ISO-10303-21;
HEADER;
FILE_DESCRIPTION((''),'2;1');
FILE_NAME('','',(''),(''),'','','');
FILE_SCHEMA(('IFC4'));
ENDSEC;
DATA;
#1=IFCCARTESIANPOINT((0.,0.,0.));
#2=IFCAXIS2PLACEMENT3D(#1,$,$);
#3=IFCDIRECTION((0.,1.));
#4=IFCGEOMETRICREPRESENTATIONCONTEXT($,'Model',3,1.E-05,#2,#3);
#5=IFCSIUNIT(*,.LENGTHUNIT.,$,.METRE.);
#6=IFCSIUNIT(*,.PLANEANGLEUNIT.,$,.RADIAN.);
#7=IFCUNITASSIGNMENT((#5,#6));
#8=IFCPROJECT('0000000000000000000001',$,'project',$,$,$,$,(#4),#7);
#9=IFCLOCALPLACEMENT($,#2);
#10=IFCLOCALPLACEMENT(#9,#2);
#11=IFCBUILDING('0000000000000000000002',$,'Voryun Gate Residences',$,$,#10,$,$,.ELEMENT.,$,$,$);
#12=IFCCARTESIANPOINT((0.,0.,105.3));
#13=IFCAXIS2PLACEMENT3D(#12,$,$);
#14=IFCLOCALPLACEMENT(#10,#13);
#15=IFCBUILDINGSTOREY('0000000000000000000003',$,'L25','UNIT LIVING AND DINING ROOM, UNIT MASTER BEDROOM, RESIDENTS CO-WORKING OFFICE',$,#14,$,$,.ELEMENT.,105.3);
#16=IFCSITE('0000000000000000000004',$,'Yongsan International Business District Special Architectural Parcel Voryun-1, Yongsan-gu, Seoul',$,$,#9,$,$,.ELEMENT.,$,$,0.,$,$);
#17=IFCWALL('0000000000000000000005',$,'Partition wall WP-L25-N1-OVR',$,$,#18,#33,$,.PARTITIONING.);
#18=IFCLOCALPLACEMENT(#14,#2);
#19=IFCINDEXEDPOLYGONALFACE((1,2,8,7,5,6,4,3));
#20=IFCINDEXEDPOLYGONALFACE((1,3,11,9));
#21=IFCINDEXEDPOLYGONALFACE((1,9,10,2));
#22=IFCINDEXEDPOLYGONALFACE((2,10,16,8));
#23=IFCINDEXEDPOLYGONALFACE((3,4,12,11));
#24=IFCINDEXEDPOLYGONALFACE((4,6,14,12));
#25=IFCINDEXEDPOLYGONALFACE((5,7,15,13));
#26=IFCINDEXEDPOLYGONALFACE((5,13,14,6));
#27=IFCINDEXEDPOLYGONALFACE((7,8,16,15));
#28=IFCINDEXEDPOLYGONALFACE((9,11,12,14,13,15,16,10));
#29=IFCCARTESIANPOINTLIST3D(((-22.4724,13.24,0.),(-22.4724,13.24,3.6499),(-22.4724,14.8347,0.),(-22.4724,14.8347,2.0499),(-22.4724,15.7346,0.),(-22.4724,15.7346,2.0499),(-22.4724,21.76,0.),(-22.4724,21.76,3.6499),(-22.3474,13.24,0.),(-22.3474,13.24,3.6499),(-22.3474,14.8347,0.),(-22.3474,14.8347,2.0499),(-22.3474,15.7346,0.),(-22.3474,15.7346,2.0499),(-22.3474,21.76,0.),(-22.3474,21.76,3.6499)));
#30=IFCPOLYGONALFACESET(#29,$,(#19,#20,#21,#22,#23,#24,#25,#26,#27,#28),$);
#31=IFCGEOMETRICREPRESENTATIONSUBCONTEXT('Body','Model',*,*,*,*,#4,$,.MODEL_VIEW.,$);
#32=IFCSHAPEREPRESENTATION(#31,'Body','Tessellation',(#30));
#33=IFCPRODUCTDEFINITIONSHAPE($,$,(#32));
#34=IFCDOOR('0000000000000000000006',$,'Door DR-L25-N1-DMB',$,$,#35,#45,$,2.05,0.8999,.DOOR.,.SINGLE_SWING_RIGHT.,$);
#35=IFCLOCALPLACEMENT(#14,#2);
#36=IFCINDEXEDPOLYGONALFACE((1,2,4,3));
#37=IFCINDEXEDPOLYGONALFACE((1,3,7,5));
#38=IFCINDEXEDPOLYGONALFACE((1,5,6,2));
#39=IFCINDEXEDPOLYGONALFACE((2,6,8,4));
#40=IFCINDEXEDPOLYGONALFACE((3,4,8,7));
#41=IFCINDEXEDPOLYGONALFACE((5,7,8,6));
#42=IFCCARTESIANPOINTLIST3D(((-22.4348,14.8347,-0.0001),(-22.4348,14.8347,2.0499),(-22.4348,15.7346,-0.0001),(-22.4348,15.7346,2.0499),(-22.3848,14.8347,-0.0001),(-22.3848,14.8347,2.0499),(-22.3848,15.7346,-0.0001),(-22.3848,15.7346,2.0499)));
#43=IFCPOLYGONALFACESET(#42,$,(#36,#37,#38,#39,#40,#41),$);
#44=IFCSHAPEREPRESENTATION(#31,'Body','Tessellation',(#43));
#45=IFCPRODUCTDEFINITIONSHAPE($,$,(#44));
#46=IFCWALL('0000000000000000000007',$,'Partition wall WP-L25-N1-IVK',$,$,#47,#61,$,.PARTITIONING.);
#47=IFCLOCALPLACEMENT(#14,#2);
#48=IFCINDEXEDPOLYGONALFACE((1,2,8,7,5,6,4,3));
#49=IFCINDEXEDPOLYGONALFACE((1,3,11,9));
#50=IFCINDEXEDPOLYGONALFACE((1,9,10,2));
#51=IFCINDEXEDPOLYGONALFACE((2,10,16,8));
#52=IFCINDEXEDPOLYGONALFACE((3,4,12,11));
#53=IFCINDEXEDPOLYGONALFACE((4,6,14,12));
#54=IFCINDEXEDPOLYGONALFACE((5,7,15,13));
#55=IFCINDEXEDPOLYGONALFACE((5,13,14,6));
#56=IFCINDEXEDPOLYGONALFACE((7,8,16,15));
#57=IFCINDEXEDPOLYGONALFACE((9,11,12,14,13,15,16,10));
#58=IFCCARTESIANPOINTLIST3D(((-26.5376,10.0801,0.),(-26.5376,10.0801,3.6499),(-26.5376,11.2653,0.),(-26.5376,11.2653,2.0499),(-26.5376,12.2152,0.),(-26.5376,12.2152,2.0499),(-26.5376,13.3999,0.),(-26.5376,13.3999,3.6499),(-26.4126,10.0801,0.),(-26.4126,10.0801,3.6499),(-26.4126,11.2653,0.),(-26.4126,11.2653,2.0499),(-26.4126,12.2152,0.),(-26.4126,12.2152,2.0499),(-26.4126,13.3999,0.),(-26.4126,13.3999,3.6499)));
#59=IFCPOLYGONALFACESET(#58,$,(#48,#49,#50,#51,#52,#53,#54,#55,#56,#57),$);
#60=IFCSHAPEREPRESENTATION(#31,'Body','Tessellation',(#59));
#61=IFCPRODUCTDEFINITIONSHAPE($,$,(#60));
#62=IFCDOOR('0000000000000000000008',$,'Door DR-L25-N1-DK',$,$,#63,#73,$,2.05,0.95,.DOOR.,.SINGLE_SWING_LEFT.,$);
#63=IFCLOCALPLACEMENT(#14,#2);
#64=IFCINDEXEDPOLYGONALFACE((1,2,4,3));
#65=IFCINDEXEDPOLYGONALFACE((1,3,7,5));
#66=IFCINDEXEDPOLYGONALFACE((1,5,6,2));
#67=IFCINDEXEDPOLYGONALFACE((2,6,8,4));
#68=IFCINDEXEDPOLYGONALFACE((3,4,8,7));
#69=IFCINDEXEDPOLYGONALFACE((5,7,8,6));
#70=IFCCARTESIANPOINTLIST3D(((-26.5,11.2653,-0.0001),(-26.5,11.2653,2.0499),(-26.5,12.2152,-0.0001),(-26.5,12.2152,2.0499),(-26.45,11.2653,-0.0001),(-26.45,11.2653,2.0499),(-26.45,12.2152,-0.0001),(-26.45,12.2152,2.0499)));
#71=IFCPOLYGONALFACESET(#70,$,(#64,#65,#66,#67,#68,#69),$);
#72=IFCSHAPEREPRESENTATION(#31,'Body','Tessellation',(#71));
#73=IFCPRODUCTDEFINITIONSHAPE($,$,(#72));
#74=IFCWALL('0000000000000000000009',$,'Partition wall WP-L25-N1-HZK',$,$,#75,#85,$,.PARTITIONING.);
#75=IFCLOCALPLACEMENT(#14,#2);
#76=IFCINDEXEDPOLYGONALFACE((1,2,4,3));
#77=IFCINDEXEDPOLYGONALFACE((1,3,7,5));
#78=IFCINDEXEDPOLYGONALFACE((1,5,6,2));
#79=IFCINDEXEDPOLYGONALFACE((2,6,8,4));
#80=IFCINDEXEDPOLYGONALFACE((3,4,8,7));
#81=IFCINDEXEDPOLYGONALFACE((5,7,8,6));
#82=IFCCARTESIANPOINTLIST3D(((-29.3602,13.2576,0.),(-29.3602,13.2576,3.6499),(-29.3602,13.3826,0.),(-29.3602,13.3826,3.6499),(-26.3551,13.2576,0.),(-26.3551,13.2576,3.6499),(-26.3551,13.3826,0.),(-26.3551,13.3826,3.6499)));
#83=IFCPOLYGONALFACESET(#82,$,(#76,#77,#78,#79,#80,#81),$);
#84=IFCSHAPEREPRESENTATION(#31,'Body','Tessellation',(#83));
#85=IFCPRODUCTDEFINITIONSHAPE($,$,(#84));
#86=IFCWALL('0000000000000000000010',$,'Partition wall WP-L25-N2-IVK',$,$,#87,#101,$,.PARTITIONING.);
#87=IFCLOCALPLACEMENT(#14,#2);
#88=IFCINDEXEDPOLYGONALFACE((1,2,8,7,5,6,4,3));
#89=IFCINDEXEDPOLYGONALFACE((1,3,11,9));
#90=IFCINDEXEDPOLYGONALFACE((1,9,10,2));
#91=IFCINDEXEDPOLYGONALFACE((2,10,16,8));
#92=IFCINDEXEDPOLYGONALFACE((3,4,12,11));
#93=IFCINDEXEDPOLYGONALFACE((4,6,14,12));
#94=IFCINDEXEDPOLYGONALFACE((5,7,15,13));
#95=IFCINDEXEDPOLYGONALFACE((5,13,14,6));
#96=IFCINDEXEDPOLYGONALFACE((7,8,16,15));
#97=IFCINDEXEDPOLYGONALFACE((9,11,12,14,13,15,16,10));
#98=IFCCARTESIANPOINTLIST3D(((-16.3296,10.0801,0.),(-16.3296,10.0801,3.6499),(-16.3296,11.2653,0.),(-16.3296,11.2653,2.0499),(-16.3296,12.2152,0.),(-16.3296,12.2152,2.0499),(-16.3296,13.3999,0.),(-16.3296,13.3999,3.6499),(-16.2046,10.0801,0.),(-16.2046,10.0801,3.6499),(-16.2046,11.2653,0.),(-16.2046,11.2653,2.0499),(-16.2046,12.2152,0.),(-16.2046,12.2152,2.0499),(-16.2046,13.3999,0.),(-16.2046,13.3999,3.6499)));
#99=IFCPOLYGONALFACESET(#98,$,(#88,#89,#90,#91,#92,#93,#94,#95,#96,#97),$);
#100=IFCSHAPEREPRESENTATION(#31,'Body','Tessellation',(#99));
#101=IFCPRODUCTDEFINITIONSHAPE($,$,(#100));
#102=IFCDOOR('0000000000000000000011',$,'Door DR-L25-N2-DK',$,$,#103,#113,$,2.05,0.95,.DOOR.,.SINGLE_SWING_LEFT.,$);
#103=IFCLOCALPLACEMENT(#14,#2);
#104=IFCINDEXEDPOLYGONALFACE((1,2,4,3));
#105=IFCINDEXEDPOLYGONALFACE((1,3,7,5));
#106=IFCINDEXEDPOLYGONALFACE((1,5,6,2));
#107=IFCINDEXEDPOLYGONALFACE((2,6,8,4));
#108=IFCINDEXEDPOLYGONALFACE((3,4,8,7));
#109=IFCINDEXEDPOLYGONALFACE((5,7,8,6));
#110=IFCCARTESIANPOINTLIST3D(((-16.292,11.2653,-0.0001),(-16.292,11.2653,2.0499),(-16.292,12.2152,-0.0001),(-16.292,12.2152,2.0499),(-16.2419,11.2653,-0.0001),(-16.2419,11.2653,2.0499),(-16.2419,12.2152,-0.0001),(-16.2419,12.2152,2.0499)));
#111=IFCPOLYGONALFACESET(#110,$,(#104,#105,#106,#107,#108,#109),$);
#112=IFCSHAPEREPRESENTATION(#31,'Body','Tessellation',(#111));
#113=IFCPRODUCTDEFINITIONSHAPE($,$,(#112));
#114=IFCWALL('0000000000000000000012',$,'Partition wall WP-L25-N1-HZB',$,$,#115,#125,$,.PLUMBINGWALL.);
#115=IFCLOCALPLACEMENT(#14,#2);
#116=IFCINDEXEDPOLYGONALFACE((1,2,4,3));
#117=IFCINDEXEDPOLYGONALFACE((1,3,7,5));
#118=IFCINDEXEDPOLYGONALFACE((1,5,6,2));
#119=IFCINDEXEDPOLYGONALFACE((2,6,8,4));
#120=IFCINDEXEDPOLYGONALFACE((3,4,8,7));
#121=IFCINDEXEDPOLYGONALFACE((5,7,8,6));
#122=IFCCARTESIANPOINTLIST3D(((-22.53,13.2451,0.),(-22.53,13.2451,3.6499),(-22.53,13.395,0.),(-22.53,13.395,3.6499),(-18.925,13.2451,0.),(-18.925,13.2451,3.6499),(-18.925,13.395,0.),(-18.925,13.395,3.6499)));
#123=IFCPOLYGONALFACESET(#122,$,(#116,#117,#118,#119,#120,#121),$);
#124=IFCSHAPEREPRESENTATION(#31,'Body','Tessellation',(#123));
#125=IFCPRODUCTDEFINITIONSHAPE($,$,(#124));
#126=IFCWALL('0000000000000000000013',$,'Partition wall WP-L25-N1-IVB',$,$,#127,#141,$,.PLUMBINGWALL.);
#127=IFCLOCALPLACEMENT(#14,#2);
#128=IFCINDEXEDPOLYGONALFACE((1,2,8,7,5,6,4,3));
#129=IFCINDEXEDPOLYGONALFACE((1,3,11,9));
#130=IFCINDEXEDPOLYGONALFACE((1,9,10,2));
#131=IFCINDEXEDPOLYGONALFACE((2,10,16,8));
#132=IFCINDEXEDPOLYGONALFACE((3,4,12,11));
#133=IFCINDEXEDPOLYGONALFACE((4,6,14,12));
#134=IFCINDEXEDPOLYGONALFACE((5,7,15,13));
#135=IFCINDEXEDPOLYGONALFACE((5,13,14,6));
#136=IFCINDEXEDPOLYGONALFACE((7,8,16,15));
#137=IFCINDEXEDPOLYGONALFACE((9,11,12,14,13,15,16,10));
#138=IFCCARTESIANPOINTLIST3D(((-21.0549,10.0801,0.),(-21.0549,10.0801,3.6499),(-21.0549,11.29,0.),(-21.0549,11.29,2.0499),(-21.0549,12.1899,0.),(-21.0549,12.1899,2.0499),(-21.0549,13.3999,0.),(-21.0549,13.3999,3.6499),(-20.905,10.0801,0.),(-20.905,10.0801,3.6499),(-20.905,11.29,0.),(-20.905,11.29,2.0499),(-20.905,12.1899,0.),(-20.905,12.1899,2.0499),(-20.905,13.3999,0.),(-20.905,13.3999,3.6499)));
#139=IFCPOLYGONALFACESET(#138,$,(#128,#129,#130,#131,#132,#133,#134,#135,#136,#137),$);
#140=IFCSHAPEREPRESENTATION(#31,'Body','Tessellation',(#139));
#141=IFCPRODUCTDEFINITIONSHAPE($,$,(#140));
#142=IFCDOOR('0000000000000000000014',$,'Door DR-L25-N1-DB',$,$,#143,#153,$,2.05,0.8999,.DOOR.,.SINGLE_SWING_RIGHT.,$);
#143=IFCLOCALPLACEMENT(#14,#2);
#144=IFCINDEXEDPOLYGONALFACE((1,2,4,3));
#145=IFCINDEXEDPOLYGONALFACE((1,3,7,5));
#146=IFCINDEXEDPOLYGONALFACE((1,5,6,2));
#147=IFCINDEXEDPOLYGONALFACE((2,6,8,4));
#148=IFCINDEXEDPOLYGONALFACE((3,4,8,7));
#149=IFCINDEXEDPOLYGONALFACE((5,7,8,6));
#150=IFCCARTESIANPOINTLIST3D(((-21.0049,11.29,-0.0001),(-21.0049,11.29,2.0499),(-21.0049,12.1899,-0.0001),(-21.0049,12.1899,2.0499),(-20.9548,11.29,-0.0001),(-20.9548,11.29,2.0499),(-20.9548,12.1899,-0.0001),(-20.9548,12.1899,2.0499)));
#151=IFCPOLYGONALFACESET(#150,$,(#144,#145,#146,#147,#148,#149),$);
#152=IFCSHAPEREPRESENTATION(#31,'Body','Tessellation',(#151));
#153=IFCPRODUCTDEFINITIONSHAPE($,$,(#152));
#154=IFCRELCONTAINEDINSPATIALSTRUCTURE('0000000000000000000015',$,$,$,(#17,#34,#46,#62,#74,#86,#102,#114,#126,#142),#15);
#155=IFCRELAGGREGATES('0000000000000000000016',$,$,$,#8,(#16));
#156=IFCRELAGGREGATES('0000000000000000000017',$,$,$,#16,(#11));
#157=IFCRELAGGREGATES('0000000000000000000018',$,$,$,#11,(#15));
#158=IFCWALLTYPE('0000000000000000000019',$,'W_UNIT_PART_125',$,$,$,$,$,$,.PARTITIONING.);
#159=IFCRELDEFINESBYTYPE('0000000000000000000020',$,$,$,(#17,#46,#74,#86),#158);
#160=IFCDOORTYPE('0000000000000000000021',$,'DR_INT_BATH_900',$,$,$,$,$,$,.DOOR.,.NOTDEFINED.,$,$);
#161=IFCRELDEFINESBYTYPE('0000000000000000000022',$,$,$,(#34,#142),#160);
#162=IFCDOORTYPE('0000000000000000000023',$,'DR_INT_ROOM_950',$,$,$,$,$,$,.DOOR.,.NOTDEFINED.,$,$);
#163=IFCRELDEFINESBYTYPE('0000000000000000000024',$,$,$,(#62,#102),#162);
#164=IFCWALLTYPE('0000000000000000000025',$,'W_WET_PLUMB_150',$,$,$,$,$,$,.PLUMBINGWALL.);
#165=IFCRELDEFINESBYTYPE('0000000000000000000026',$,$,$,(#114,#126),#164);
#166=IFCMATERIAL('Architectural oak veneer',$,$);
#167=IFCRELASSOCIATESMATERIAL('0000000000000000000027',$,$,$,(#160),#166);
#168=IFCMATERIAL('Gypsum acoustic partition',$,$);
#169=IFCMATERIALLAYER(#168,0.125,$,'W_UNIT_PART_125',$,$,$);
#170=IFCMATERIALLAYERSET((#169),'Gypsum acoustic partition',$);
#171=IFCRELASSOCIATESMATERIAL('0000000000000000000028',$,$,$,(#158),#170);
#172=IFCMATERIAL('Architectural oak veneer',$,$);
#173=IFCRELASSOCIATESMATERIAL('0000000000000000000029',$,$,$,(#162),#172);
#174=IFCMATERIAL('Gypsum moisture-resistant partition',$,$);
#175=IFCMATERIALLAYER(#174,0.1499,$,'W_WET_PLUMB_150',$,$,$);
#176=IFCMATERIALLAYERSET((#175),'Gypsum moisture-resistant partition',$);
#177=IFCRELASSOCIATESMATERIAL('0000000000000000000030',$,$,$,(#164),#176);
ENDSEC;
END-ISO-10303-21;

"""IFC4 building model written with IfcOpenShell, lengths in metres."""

from ifc_helpers import new_model, si_unit, direction, frame, frame_2d, origin, place, context, subcontext, project, spatial, rectangle, extrude, material, layer, layer_set, type_object, element, fill, save


model = new_model("IFC4")

# Units and contexts
model_context = context("Model", 3, precision=1e-05, world=origin(), true_north=direction((0.0, 1.0)))
body_context = subcontext(model_context, "Body", "Model", "MODEL_VIEW")
ifc_project = project(units=[si_unit("LENGTHUNIT", "METRE"), si_unit("PLANEANGLEUNIT", "RADIAN")], contexts=[model_context])

# Site, building, storey
site_placement = place(None, origin())
site = spatial("IfcSite", under=ifc_project, at=site_placement, Name="Yongsan International Business District Special Architectural Parcel Voryun-1, Yongsan-gu, Seoul", CompositionType="ELEMENT", RefElevation=0.0)
building_placement = place(site_placement, origin())
building = spatial("IfcBuilding", under=site, at=building_placement, Name="Voryun Gate Residences", CompositionType="ELEMENT")
storey_placement = place(building_placement, frame((0.0, 0.0, 105.3)))
storey = spatial("IfcBuildingStorey", under=building, at=storey_placement, Name="L25", Description="UNIT LIVING AND DINING ROOM, UNIT MASTER BEDROOM, RESIDENTS CO-WORKING OFFICE", CompositionType="ELEMENT", Elevation=105.3)

# Shared definitions
ifc_material_1 = material(Name="Architectural oak veneer")
door_type_1 = type_object("IfcDoorType", Name="DR_INT_BATH_900", OperationType="NOTDEFINED", PredefinedType="DOOR", material=ifc_material_1)

# Walls, openings, doors
ifc_material_2 = material(Name="Gypsum acoustic partition")
ifc_layer_1 = layer(ifc_material_2, 0.125, Name="W_UNIT_PART_125")
ifc_layer_set_1 = layer_set([ifc_layer_1], Name="Gypsum acoustic partition")
wall_type_1 = type_object("IfcWallType", Name="W_UNIT_PART_125", PredefinedType="PARTITIONING", material=ifc_layer_set_1)
wall_1_placement = place(storey_placement, frame((-22.4099, 13.24, 0.0), z_axis=(0.0, 0.0, 1.0), x_axis=(0.0, 1.0, 0.0)))
wall_1 = element("IfcWall", 1, at=wall_1_placement, inside=storey, type_object=wall_type_1, Name="Partition wall WP-L25-N1-OVR", PredefinedType="PARTITIONING", context=body_context, shape_type="SweptSolid", body=[
    extrude(rectangle(XDim=8.52, YDim=0.125, at=frame_2d((4.26, 0.0))), origin(), (0.0, 0.0, 1.0), 3.6499),
])
opening_1_placement = place(wall_1_placement, frame((1.5947, 0.0, 0.0)))
opening_1 = element("IfcOpeningElement", 2, at=opening_1_placement, cuts=wall_1, PredefinedType="OPENING", context=body_context, shape_type="SweptSolid", body=[
    extrude(rectangle(XDim=0.8999, YDim=2.05, at=frame_2d((0.45, 1.0249))), frame((0.0, 0.0725, 0.0), z_axis=(0.0, -1.0, 0.0), x_axis=(1.0, 0.0, 0.0)), (0.0, 0.0, 1.0), 0.145),
])
door_1_placement = place(opening_1_placement, origin())
door_1 = element("IfcDoor", 3, at=door_1_placement, inside=storey, type_object=door_type_1, Name="Door DR-L25-N1-DMB", OperationType="SINGLE_SWING_RIGHT", OverallHeight=2.05, OverallWidth=0.8999, PredefinedType="DOOR", context=body_context, shape_type="SweptSolid", body=[
    extrude(rectangle(XDim=0.8999, YDim=2.05, at=frame_2d((0.45, 1.0249))), frame((0.0, 0.0249, 0.0), z_axis=(0.0, -1.0, 0.0), x_axis=(1.0, 0.0, 0.0)), (0.0, 0.0, 1.0), 0.05),
])
fill(opening_1, door_1)
wall_2_placement = place(storey_placement, frame((-26.4751, 10.0801, 0.0), z_axis=(0.0, 0.0, 1.0), x_axis=(0.0, 1.0, 0.0)))
wall_2 = element("IfcWall", 4, at=wall_2_placement, inside=storey, type_object=wall_type_1, Name="Partition wall WP-L25-N1-IVK", PredefinedType="PARTITIONING", context=body_context, shape_type="SweptSolid", body=[
    extrude(rectangle(XDim=3.3198, YDim=0.125, at=frame_2d((1.6599, 0.0))), origin(), (0.0, 0.0, 1.0), 3.6499),
])
opening_2_placement = place(wall_2_placement, frame((1.1851, 0.0, 0.0)))
opening_2 = element("IfcOpeningElement", 5, at=opening_2_placement, cuts=wall_2, PredefinedType="OPENING", context=body_context, shape_type="SweptSolid", body=[
    extrude(rectangle(XDim=0.95, YDim=2.05, at=frame_2d((0.4751, 1.0249))), frame((0.0, 0.0725, 0.0), z_axis=(0.0, -1.0, 0.0), x_axis=(1.0, 0.0, 0.0)), (0.0, 0.0, 1.0), 0.145),
])
ifc_material_3 = material(Name="Architectural oak veneer")
door_type_2 = type_object("IfcDoorType", Name="DR_INT_ROOM_950", OperationType="NOTDEFINED", PredefinedType="DOOR", material=ifc_material_3)
door_2_placement = place(opening_2_placement, origin())
door_2 = element("IfcDoor", 6, at=door_2_placement, inside=storey, type_object=door_type_2, Name="Door DR-L25-N1-DK", OperationType="SINGLE_SWING_LEFT", OverallHeight=2.05, OverallWidth=0.95, PredefinedType="DOOR", context=body_context, shape_type="SweptSolid", body=[
    extrude(rectangle(XDim=0.95, YDim=2.05, at=frame_2d((0.4751, 1.0249))), frame((0.0, 0.0249, 0.0), z_axis=(0.0, -1.0, 0.0), x_axis=(1.0, 0.0, 0.0)), (0.0, 0.0, 1.0), 0.05),
])
fill(opening_2, door_2)

# Wall
wall_3_placement = place(storey_placement, frame((-29.3601, 13.3201, 0.0), z_axis=(0.0, 0.0, 1.0), x_axis=(1.0, 0.0, 0.0)))
element("IfcWall", 7, at=wall_3_placement, inside=storey, type_object=wall_type_1, Name="Partition wall WP-L25-N1-HZK", PredefinedType="PARTITIONING", context=body_context, shape_type="SweptSolid", body=[
    extrude(rectangle(XDim=3.0051, YDim=0.125, at=frame_2d((1.5024, 0.0))), origin(), (0.0, 0.0, 1.0), 3.6499),
])

# Wall, opening, door
wall_4_placement = place(storey_placement, frame((-16.2671, 10.0801, 0.0), z_axis=(0.0, 0.0, 1.0), x_axis=(0.0, 1.0, 0.0)))
wall_4 = element("IfcWall", 8, at=wall_4_placement, inside=storey, type_object=wall_type_1, Name="Partition wall WP-L25-N2-IVK", PredefinedType="PARTITIONING", context=body_context, shape_type="SweptSolid", body=[
    extrude(rectangle(XDim=3.3198, YDim=0.125, at=frame_2d((1.6599, 0.0))), origin(), (0.0, 0.0, 1.0), 3.6499),
])
opening_3_placement = place(wall_4_placement, frame((1.1851, 0.0, 0.0)))
opening_3 = element("IfcOpeningElement", 9, at=opening_3_placement, cuts=wall_4, PredefinedType="OPENING", context=body_context, shape_type="SweptSolid", body=[
    extrude(rectangle(XDim=0.95, YDim=2.05, at=frame_2d((0.4751, 1.0249))), frame((0.0, 0.0725, 0.0), z_axis=(0.0, -1.0, 0.0), x_axis=(1.0, 0.0, 0.0)), (0.0, 0.0, 1.0), 0.145),
])
door_3_placement = place(opening_3_placement, origin())
door_3 = element("IfcDoor", 10, at=door_3_placement, inside=storey, type_object=door_type_2, Name="Door DR-L25-N2-DK", OperationType="SINGLE_SWING_LEFT", OverallHeight=2.05, OverallWidth=0.95, PredefinedType="DOOR", context=body_context, shape_type="SweptSolid", body=[
    extrude(rectangle(XDim=0.95, YDim=2.05, at=frame_2d((0.4751, 1.0249))), frame((0.0, 0.0249, 0.0), z_axis=(0.0, -1.0, 0.0), x_axis=(1.0, 0.0, 0.0)), (0.0, 0.0, 1.0), 0.05),
])
fill(opening_3, door_3)

# Wall
ifc_material_4 = material(Name="Gypsum moisture-resistant partition")
ifc_layer_2 = layer(ifc_material_4, 0.1499, Name="W_WET_PLUMB_150")
ifc_layer_set_2 = layer_set([ifc_layer_2], Name="Gypsum moisture-resistant partition")
wall_type_2 = type_object("IfcWallType", Name="W_WET_PLUMB_150", PredefinedType="PLUMBINGWALL", material=ifc_layer_set_2)
wall_5_placement = place(storey_placement, frame((-22.53, 13.3201, 0.0), z_axis=(0.0, 0.0, 1.0), x_axis=(1.0, 0.0, 0.0)))
element("IfcWall", 11, at=wall_5_placement, inside=storey, type_object=wall_type_2, Name="Partition wall WP-L25-N1-HZB", PredefinedType="PLUMBINGWALL", context=body_context, shape_type="SweptSolid", body=[
    extrude(rectangle(XDim=3.605, YDim=0.1499, at=frame_2d((1.8025, 0.0))), origin(), (0.0, 0.0, 1.0), 3.6499),
])

# Wall, opening, door
wall_6_placement = place(storey_placement, frame((-20.98, 10.0801, 0.0), z_axis=(0.0, 0.0, 1.0), x_axis=(0.0, 1.0, 0.0)))
wall_6 = element("IfcWall", 12, at=wall_6_placement, inside=storey, type_object=wall_type_2, Name="Partition wall WP-L25-N1-IVB", PredefinedType="PLUMBINGWALL", context=body_context, shape_type="SweptSolid", body=[
    extrude(rectangle(XDim=3.3198, YDim=0.1499, at=frame_2d((1.6599, 0.0))), origin(), (0.0, 0.0, 1.0), 3.6499),
])
opening_4_placement = place(wall_6_placement, frame((1.21, 0.0, 0.0)))
opening_4 = element("IfcOpeningElement", 13, at=opening_4_placement, cuts=wall_6, PredefinedType="OPENING", context=body_context, shape_type="SweptSolid", body=[
    extrude(rectangle(XDim=0.8999, YDim=2.05, at=frame_2d((0.45, 1.0249))), frame((0.0, 0.085, 0.0), z_axis=(0.0, -1.0, 0.0), x_axis=(1.0, 0.0, 0.0)), (0.0, 0.0, 1.0), 0.1699),
])
door_4_placement = place(opening_4_placement, origin())
door_4 = element("IfcDoor", 14, at=door_4_placement, inside=storey, type_object=door_type_1, Name="Door DR-L25-N1-DB", OperationType="SINGLE_SWING_RIGHT", OverallHeight=2.05, OverallWidth=0.8999, PredefinedType="DOOR", context=body_context, shape_type="SweptSolid", body=[
    extrude(rectangle(XDim=0.8999, YDim=2.05, at=frame_2d((0.45, 1.0249))), frame((0.0, 0.0249, 0.0), z_axis=(0.0, -1.0, 0.0), x_axis=(1.0, 0.0, 0.0)), (0.0, 0.0, 1.0), 0.05),
])
fill(opening_4, door_4)

save(model, "model.ifc")
